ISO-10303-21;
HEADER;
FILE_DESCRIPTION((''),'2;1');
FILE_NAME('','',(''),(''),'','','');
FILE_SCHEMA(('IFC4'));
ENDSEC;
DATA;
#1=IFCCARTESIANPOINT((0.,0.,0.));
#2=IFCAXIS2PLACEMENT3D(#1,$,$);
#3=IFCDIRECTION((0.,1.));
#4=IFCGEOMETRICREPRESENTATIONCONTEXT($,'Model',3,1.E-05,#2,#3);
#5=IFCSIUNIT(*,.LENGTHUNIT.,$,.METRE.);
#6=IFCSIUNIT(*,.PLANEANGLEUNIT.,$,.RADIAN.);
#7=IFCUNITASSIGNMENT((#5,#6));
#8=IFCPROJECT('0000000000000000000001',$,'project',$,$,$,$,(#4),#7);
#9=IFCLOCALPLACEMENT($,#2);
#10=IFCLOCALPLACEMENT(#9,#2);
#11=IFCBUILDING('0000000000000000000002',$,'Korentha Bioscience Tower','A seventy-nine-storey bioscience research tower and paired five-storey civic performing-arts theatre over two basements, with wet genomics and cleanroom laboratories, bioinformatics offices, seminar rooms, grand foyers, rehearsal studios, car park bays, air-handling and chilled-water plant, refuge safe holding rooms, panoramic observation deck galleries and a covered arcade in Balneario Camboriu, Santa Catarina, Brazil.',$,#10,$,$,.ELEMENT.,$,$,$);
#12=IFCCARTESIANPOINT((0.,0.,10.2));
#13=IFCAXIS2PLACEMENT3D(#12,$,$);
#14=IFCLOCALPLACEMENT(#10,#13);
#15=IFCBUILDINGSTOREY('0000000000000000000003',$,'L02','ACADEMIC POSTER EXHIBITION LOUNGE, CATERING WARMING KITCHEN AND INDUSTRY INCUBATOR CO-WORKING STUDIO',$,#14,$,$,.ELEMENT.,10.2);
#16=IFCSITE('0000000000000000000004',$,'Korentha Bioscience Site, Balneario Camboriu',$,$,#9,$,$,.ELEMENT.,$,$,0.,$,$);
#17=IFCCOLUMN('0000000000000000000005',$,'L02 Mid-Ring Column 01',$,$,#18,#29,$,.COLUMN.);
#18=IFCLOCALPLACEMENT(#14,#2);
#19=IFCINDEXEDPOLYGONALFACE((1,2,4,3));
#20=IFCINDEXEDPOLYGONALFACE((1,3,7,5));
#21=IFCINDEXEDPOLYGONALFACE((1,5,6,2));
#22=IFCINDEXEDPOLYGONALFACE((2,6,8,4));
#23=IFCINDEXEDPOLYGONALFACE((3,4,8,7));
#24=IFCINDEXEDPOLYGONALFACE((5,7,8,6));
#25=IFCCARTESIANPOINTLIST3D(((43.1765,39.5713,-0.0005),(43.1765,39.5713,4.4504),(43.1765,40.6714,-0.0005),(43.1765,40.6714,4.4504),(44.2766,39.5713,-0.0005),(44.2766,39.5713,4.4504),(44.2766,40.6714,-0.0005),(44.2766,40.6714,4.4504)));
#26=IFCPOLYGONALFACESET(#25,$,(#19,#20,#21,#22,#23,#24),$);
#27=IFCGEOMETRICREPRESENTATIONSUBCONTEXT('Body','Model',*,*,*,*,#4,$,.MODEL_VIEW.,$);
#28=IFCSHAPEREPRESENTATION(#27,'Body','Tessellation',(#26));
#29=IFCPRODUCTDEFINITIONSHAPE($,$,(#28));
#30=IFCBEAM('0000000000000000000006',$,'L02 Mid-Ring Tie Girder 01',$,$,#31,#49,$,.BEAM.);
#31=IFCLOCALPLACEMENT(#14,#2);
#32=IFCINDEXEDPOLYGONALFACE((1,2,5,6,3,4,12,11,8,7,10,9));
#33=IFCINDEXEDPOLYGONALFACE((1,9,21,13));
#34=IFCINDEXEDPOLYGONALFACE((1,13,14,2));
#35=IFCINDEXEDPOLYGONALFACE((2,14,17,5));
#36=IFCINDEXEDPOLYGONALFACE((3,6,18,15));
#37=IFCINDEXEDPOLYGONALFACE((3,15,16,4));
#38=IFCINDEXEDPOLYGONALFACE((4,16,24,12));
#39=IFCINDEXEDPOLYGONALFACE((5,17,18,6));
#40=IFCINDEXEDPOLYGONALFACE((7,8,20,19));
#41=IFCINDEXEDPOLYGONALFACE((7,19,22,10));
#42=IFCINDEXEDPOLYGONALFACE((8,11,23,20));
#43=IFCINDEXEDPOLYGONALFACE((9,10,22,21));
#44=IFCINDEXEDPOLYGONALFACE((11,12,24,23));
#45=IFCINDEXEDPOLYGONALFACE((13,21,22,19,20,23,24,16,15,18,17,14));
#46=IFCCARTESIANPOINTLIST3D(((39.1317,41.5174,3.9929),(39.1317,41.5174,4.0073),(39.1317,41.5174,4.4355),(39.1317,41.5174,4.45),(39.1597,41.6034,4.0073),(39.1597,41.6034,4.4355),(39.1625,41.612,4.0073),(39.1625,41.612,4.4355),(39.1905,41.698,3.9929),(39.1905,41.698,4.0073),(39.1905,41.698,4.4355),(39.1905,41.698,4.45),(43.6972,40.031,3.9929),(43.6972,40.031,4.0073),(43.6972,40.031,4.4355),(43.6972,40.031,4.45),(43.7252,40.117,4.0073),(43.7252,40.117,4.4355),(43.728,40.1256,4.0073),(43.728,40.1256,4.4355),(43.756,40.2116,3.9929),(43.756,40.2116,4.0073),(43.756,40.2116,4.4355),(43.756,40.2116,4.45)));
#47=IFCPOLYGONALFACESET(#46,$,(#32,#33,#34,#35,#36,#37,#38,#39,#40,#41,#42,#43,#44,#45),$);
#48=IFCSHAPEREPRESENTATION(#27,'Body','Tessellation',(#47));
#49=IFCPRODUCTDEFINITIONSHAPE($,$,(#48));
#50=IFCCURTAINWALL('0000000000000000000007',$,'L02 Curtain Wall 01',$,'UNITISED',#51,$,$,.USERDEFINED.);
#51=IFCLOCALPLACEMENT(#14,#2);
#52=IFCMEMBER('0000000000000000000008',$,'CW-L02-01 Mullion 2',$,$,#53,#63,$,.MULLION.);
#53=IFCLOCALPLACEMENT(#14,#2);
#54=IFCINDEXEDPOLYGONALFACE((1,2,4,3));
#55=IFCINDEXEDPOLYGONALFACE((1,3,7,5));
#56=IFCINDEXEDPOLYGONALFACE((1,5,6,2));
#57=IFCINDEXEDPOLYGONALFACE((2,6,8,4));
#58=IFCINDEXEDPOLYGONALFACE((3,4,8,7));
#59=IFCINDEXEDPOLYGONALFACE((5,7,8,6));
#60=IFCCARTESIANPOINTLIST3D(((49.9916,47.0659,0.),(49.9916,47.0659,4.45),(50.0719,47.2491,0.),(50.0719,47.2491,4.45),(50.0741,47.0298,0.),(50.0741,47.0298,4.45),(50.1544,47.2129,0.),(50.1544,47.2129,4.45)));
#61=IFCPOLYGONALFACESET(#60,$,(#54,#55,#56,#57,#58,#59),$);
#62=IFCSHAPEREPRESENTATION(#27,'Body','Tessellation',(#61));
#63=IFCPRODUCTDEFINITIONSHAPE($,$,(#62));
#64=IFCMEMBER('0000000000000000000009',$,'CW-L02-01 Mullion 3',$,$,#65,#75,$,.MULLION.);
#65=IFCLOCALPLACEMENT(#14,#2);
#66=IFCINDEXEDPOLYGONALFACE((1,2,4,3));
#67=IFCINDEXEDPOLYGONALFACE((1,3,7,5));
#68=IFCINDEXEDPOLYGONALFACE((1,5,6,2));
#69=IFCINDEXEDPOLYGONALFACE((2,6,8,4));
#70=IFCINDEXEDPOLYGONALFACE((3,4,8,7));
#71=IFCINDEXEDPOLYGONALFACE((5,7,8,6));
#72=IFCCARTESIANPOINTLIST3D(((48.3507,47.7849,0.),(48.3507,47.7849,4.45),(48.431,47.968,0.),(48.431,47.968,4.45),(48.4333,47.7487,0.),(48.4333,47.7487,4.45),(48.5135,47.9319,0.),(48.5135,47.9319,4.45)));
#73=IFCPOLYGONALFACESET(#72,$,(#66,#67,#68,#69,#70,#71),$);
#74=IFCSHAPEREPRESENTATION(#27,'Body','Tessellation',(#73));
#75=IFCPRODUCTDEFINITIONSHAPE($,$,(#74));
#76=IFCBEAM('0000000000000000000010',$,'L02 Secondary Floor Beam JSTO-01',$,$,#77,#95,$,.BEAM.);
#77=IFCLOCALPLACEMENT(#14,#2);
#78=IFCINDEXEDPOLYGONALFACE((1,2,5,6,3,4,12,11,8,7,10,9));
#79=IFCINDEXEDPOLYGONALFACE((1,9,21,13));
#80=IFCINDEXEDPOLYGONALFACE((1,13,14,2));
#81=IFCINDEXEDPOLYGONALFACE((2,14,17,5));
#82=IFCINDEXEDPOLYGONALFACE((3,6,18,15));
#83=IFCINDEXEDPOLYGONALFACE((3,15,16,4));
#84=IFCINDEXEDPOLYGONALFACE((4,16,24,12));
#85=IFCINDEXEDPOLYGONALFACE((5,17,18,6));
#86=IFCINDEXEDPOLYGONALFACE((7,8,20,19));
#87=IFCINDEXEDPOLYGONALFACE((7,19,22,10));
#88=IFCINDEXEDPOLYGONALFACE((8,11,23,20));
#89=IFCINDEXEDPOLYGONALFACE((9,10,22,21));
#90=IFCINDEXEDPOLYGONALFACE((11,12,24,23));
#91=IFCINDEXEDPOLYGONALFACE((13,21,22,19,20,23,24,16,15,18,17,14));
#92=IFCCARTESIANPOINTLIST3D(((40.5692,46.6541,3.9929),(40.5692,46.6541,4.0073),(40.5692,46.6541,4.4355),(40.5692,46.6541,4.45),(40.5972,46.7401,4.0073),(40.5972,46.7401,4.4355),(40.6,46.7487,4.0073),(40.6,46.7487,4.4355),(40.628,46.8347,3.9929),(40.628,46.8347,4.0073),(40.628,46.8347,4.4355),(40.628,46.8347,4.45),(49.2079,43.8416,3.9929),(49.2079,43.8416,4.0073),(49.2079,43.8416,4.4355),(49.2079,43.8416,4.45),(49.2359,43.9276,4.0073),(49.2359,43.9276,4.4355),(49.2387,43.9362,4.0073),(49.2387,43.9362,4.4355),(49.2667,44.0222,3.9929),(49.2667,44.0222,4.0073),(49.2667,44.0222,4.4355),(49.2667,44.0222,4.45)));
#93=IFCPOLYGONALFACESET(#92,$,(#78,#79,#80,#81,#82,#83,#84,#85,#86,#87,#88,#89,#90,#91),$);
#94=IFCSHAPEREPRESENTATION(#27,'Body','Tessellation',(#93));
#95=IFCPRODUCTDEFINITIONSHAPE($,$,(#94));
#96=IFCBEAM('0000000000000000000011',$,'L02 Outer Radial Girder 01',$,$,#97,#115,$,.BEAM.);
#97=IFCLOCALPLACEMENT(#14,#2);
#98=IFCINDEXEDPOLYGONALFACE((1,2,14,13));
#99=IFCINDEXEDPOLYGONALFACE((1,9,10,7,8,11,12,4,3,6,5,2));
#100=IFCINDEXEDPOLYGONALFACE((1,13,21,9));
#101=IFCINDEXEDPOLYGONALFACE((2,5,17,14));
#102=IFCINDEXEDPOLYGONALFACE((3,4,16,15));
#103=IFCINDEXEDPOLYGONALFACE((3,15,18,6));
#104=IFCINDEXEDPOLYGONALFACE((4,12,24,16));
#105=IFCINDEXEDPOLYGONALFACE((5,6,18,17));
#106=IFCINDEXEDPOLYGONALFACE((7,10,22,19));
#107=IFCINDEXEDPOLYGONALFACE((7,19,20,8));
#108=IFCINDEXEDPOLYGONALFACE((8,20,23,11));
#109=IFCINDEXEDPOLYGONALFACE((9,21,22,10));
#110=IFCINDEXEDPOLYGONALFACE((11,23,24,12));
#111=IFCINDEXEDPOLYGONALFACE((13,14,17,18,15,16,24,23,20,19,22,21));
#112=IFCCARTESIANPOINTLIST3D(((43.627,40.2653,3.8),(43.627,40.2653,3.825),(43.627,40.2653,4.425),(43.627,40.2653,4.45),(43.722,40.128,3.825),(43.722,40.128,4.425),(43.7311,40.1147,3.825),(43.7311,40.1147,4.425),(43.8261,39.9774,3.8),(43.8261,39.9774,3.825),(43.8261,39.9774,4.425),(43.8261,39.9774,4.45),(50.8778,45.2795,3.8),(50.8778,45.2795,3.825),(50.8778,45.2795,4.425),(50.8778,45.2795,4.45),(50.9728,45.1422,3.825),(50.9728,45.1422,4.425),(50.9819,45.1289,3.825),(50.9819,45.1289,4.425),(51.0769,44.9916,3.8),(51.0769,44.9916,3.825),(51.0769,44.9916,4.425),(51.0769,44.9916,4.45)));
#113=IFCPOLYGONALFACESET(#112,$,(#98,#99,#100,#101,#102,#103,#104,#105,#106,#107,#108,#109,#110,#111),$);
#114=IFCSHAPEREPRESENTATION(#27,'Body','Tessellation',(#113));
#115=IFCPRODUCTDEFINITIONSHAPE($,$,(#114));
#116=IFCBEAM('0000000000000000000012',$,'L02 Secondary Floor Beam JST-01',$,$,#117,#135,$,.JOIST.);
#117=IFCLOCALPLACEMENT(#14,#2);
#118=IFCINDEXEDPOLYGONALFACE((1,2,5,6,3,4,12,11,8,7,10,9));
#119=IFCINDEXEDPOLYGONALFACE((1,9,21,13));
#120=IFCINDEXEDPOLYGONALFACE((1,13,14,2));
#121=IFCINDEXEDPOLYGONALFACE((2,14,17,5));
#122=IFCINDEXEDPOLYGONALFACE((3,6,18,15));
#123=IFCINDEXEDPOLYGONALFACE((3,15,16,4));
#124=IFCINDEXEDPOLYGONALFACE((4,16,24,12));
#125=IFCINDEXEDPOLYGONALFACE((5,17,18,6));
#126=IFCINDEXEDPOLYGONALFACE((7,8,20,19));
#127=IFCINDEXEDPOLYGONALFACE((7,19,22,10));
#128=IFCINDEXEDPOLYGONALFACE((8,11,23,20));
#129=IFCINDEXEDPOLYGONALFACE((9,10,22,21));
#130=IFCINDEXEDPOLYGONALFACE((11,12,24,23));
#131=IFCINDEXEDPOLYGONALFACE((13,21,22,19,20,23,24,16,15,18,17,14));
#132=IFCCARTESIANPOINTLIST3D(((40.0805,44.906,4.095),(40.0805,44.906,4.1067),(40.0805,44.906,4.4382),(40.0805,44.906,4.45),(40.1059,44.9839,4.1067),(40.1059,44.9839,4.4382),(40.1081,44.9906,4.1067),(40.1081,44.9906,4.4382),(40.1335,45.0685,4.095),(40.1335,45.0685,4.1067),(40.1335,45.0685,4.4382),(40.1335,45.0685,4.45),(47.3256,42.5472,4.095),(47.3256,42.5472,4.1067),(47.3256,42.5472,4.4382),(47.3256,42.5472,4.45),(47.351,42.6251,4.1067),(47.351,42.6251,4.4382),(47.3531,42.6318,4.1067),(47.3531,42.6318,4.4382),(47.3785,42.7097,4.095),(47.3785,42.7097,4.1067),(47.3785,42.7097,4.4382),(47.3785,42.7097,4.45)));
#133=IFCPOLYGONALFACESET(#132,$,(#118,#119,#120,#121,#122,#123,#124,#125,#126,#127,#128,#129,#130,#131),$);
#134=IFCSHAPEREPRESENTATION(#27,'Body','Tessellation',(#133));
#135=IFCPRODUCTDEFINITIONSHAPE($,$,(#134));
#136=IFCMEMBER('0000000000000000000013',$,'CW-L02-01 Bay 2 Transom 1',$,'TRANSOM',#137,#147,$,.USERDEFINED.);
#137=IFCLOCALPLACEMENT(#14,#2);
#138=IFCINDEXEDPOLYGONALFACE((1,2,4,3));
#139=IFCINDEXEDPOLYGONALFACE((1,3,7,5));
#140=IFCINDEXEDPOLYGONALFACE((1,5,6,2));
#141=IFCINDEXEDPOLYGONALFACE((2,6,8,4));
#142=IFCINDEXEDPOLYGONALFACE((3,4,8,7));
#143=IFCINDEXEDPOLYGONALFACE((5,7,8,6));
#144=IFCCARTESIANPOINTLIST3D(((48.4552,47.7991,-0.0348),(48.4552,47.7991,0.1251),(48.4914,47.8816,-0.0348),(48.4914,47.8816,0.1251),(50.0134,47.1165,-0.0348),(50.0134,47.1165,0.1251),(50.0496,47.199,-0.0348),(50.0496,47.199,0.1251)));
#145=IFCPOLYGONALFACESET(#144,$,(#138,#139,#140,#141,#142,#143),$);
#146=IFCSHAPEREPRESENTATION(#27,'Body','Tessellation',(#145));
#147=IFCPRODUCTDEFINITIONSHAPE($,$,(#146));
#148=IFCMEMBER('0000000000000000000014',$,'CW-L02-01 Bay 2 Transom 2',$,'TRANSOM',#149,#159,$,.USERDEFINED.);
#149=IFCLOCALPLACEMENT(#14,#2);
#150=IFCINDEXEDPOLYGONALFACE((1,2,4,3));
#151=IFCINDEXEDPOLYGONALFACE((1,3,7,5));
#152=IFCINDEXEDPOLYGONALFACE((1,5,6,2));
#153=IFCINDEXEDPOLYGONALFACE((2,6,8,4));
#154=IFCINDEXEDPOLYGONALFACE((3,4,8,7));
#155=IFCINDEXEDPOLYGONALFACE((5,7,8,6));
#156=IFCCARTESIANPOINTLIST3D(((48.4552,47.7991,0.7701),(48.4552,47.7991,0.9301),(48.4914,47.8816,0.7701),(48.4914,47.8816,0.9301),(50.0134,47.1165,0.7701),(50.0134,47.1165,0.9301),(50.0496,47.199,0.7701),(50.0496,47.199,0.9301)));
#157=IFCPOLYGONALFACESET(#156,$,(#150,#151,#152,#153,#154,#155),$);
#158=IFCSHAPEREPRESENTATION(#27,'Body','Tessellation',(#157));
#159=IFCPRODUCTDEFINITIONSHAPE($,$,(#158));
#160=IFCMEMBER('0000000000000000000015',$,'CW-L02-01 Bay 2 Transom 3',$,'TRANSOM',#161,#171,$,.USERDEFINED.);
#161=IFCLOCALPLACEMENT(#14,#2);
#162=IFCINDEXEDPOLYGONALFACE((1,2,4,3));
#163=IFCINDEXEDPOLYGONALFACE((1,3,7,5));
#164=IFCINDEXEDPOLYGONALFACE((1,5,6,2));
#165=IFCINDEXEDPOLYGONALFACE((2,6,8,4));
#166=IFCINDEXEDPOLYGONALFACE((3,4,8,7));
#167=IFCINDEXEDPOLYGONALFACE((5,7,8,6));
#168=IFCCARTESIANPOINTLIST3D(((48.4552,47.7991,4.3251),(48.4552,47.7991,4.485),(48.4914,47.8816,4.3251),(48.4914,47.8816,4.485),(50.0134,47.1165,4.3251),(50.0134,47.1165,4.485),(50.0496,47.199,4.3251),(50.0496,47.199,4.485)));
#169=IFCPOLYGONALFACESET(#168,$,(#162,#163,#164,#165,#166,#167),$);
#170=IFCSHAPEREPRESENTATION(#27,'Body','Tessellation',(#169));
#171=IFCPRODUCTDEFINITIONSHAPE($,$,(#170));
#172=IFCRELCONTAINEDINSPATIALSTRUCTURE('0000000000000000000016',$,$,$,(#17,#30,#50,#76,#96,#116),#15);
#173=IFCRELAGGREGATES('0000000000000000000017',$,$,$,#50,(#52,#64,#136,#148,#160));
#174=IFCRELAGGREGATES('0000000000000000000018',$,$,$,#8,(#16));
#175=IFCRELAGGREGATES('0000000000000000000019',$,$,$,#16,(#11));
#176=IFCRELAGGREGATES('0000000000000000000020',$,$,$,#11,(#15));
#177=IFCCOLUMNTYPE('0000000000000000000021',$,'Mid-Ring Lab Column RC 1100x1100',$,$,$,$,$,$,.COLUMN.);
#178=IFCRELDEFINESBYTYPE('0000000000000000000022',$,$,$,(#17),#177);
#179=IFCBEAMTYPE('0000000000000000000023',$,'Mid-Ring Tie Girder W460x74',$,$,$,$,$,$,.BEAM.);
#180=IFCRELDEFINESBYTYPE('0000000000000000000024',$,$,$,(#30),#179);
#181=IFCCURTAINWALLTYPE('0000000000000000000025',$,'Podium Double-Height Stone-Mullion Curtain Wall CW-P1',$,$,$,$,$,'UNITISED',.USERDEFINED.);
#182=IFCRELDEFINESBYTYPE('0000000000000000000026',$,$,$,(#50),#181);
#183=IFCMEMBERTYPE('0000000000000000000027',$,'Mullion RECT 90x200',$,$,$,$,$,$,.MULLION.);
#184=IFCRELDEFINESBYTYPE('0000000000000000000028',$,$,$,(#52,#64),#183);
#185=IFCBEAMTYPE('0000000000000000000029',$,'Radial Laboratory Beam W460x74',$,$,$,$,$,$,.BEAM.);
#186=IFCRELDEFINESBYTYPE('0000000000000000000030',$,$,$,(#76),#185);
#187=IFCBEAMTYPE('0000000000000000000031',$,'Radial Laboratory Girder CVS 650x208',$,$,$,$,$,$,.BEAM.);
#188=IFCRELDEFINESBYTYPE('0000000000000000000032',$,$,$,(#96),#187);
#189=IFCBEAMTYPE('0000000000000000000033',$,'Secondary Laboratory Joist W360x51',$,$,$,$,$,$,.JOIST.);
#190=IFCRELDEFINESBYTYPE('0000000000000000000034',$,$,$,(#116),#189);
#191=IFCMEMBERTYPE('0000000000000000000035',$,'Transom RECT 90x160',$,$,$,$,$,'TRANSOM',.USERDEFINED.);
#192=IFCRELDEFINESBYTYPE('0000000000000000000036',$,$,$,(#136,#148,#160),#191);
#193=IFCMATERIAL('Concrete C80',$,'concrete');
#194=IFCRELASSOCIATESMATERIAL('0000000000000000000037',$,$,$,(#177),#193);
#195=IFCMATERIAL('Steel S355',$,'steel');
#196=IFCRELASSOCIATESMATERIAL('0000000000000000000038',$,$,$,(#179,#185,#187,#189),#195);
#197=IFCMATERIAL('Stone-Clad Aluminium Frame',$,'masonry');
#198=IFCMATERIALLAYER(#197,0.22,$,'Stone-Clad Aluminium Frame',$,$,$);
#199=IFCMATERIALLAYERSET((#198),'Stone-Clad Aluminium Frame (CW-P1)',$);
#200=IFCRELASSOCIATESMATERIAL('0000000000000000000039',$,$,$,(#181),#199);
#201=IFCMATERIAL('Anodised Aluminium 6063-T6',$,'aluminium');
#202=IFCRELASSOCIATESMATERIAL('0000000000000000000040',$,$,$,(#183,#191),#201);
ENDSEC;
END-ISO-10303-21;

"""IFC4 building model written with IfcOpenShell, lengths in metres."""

from ifc_helpers import new_model, si_unit, direction, frame, origin, origin_2d, place, context, subcontext, project, spatial, rectangle, i_section, extrude, material, layer, layer_set, material_profile, profile_set, type_object, element, aggregate, save


model = new_model("IFC4")

# Units and contexts
model_context = context("Model", 3, precision=1e-05, world=origin(), true_north=direction((0.0, 1.0)))
body_context = subcontext(model_context, "Body", "Model", "MODEL_VIEW")
ifc_project = project(units=[si_unit("LENGTHUNIT", "METRE"), si_unit("PLANEANGLEUNIT", "RADIAN")], contexts=[model_context])

# Site, building, storey
site_placement = place(None, origin())
site = spatial("IfcSite", under=ifc_project, at=site_placement, Name="Korentha Bioscience Site, Balneario Camboriu", CompositionType="ELEMENT", RefElevation=0.0)
building_placement = place(site_placement, origin())
building = spatial("IfcBuilding", under=site, at=building_placement, Name="Korentha Bioscience Tower", Description="A seventy-nine-storey bioscience research tower and paired five-storey civic performing-arts theatre over two basements, with wet genomics and cleanroom laboratories, bioinformatics offices, seminar rooms, grand foyers, rehearsal studios, car park bays, air-handling and chilled-water plant, refuge safe holding rooms, panoramic observation deck galleries and a covered arcade in Balneario Camboriu, Santa Catarina, Brazil.", CompositionType="ELEMENT")
storey_placement = place(building_placement, frame((0.0, 0.0, 10.2)))
storey = spatial("IfcBuildingStorey", under=building, at=storey_placement, Name="L02", Description="ACADEMIC POSTER EXHIBITION LOUNGE, CATERING WARMING KITCHEN AND INDUSTRY INCUBATOR CO-WORKING STUDIO", CompositionType="ELEMENT", Elevation=10.2)

# Column
ifc_material_1 = material(Name="Concrete C80", Category="concrete")
ifc_material_profile_1 = material_profile(ifc_material_1, rectangle(XDim=1.1001, YDim=1.1001, at=origin_2d()), Name="Concrete C80")
ifc_profile_set_1 = profile_set([ifc_material_profile_1], Name="Concrete C80 (COL-MR11)")
column_type = type_object("IfcColumnType", Name="Mid-Ring Lab Column RC 1100x1100", PredefinedType="COLUMN", material=ifc_profile_set_1)
column_placement = place(storey_placement, frame((43.7266, 40.1213, -0.0005), z_axis=(0.0, 0.0, 1.0), x_axis=(1.0, 0.0, 0.0)))
element("IfcColumn", 1, at=column_placement, inside=storey, type_object=column_type, Name="L02 Mid-Ring Column 01", PredefinedType="COLUMN", context=body_context, shape_type="SweptSolid", body=[
    extrude(rectangle(XDim=1.1001, YDim=1.1001, at=origin_2d()), origin(), (0.0, 0.0, 1.0), 4.4509),
])

# Beam
ifc_material_2 = material(Name="Steel S355", Category="steel")
ifc_material_profile_2 = material_profile(ifc_material_2, i_section(OverallWidth=0.1899, OverallDepth=0.457, WebThickness=0.009, FlangeThickness=0.0144, at=origin_2d()), Name="Steel S355")
ifc_profile_set_2 = profile_set([ifc_material_profile_2], Name="Steel S355 (MB-460)")
beam_type_1 = type_object("IfcBeamType", Name="Mid-Ring Tie Girder W460x74", PredefinedType="BEAM", material=ifc_profile_set_2)
beam_1_placement = place(storey_placement, frame((43.7266, 40.1213, 4.2214), z_axis=(-0.950877, 0.309569, 0.0), x_axis=(-0.309569, -0.950877, 0.0)))
element("IfcBeam", 2, at=beam_1_placement, inside=storey, type_object=beam_type_1, Name="L02 Mid-Ring Tie Girder 01", PredefinedType="BEAM", context=body_context, shape_type="SweptSolid", body=[
    extrude(i_section(OverallWidth=0.1899, OverallDepth=0.457, WebThickness=0.009, FlangeThickness=0.0144, at=origin_2d()), origin(), (0.0, 0.0, 1.0), 4.8013),
])

# Curtain wall, members
ifc_material_3 = material(Name="Stone-Clad Aluminium Frame", Category="masonry")
ifc_layer_1 = layer(ifc_material_3, 0.22, Name="Stone-Clad Aluminium Frame")
ifc_layer_set_1 = layer_set([ifc_layer_1], Name="Stone-Clad Aluminium Frame (CW-P1)")
curtain_wall_type = type_object("IfcCurtainWallType", Name="Podium Double-Height Stone-Mullion Curtain Wall CW-P1", ElementType="UNITISED", PredefinedType="USERDEFINED", material=ifc_layer_set_1)
curtain_wall_placement = place(storey_placement, origin())
curtain_wall = element("IfcCurtainWall", 3, at=curtain_wall_placement, inside=storey, type_object=curtain_wall_type, Name="L02 Curtain Wall 01", ObjectType="UNITISED", PredefinedType="USERDEFINED")
ifc_material_4 = material(Name="Anodised Aluminium 6063-T6", Category="aluminium")
ifc_material_profile_3 = material_profile(ifc_material_4, rectangle(XDim=0.0901, YDim=0.2, at=origin_2d()), Name="Anodised Aluminium 6063-T6")
ifc_profile_set_3 = profile_set([ifc_material_profile_3], Name="Anodised Aluminium 6063-T6 (CW-MUL)")
member_type_1 = type_object("IfcMemberType", Name="Mullion RECT 90x200", PredefinedType="MULLION", material=ifc_profile_set_3)
member_1_placement = place(storey_placement, frame((50.073, 47.1394, 0.0), z_axis=(0.0, 0.0, 1.0), x_axis=(-0.915939, 0.401317, 0.0)))
member_1 = element("IfcMember", 4, at=member_1_placement, type_object=member_type_1, Name="CW-L02-01 Mullion 2", PredefinedType="MULLION", context=body_context, shape_type="SweptSolid", body=[
    extrude(rectangle(XDim=0.0901, YDim=0.2, at=origin_2d()), origin(), (0.0, 0.0, 1.0), 4.45),
])
member_2_placement = place(storey_placement, frame((48.4321, 47.8584, 0.0), z_axis=(0.0, 0.0, 1.0), x_axis=(-0.915939, 0.401317, 0.0)))
member_2 = element("IfcMember", 5, at=member_2_placement, type_object=member_type_1, Name="CW-L02-01 Mullion 3", PredefinedType="MULLION", context=body_context, shape_type="SweptSolid", body=[
    extrude(rectangle(XDim=0.0901, YDim=0.2, at=origin_2d()), origin(), (0.0, 0.0, 1.0), 4.45),
])

# Beams
ifc_material_profile_4 = material_profile(ifc_material_2, i_section(OverallWidth=0.1899, OverallDepth=0.457, WebThickness=0.009, FlangeThickness=0.0144, at=origin_2d()), Name="Steel S355")
ifc_profile_set_4 = profile_set([ifc_material_profile_4], Name="Steel S355 (RB-460)")
beam_type_2 = type_object("IfcBeamType", Name="Radial Laboratory Beam W460x74", PredefinedType="BEAM", material=ifc_profile_set_4)
beam_2_placement = place(storey_placement, frame((49.2373, 43.9319, 4.2214), z_axis=(-0.950874, 0.309577, 0.0), x_axis=(-0.309577, -0.950874, 0.0)))
element("IfcBeam", 6, at=beam_2_placement, inside=storey, type_object=beam_type_2, Name="L02 Secondary Floor Beam JSTO-01", PredefinedType="BEAM", context=body_context, shape_type="SweptSolid", body=[
    extrude(i_section(OverallWidth=0.1899, OverallDepth=0.457, WebThickness=0.009, FlangeThickness=0.0144, at=origin_2d()), origin(), (0.0, 0.0, 1.0), 9.085),
])
ifc_material_profile_5 = material_profile(ifc_material_2, i_section(OverallWidth=0.3501, OverallDepth=0.6499, WebThickness=0.0161, FlangeThickness=0.0249, at=origin_2d()), Name="Steel S355")
ifc_profile_set_5 = profile_set([ifc_material_profile_5], Name="Steel S355 (RB-650)")
beam_type_3 = type_object("IfcBeamType", Name="Radial Laboratory Girder CVS 650x208", PredefinedType="BEAM", material=ifc_profile_set_5)
beam_3_placement = place(storey_placement, frame((43.7266, 40.1213, 4.125), z_axis=(0.822488, 0.568782, 0.0), x_axis=(-0.568782, 0.822488, 0.0)))
element("IfcBeam", 7, at=beam_3_placement, inside=storey, type_object=beam_type_3, Name="L02 Outer Radial Girder 01", PredefinedType="BEAM", context=body_context, shape_type="SweptSolid", body=[
    extrude(i_section(OverallWidth=0.3501, OverallDepth=0.6499, WebThickness=0.0161, FlangeThickness=0.0249, at=origin_2d()), origin(), (0.0, 0.0, 1.0), 8.8157),
])
ifc_material_profile_6 = material_profile(ifc_material_2, i_section(OverallWidth=0.1709, OverallDepth=0.355, WebThickness=0.0071, FlangeThickness=0.0117, at=origin_2d()), Name="Steel S355")
ifc_profile_set_6 = profile_set([ifc_material_profile_6], Name="Steel S355 (JB-360)")
beam_type_4 = type_object("IfcBeamType", Name="Secondary Laboratory Joist W360x51", PredefinedType="JOIST", material=ifc_profile_set_6)
beam_4_placement = place(storey_placement, frame((47.3521, 42.6284, 4.2725), z_axis=(-0.950871, 0.309587, 0.0), x_axis=(-0.309587, -0.950871, 0.0)))
element("IfcBeam", 8, at=beam_4_placement, inside=storey, type_object=beam_type_4, Name="L02 Secondary Floor Beam JST-01", PredefinedType="JOIST", context=body_context, shape_type="SweptSolid", body=[
    extrude(i_section(OverallWidth=0.1709, OverallDepth=0.355, WebThickness=0.0071, FlangeThickness=0.0117, at=origin_2d()), origin(), (0.0, 0.0, 1.0), 7.6194),
])

# Members
ifc_material_profile_7 = material_profile(ifc_material_4, rectangle(XDim=0.0901, YDim=0.1599, at=origin_2d()), Name="Anodised Aluminium 6063-T6")
ifc_profile_set_7 = profile_set([ifc_material_profile_7], Name="Anodised Aluminium 6063-T6 (CW-TRN)")
member_type_2 = type_object("IfcMemberType", Name="Transom RECT 90x160", ElementType="TRANSOM", PredefinedType="USERDEFINED", material=ifc_profile_set_7)
member_3_placement = place(storey_placement, frame((50.0315, 47.1577, 0.0452), z_axis=(-0.915953, 0.401286, 0.0), x_axis=(-0.401286, -0.915953, 0.0)))
member_3 = element("IfcMember", 9, at=member_3_placement, type_object=member_type_2, Name="CW-L02-01 Bay 2 Transom 1", ObjectType="TRANSOM", PredefinedType="USERDEFINED", context=body_context, shape_type="SweptSolid", body=[
    extrude(rectangle(XDim=0.0901, YDim=0.1599, at=origin_2d()), origin(), (0.0, 0.0, 1.0), 1.7012),
])
member_4_placement = place(storey_placement, frame((50.0315, 47.1577, 0.8501), z_axis=(-0.915953, 0.401286, 0.0), x_axis=(-0.401286, -0.915953, 0.0)))
member_4 = element("IfcMember", 10, at=member_4_placement, type_object=member_type_2, Name="CW-L02-01 Bay 2 Transom 2", ObjectType="TRANSOM", PredefinedType="USERDEFINED", context=body_context, shape_type="SweptSolid", body=[
    extrude(rectangle(XDim=0.0901, YDim=0.1599, at=origin_2d()), origin(), (0.0, 0.0, 1.0), 1.7012),
])
member_5_placement = place(storey_placement, frame((50.0315, 47.1577, 4.405), z_axis=(-0.915953, 0.401286, 0.0), x_axis=(-0.401286, -0.915953, 0.0)))
member_5 = element("IfcMember", 11, at=member_5_placement, type_object=member_type_2, Name="CW-L02-01 Bay 2 Transom 3", ObjectType="TRANSOM", PredefinedType="USERDEFINED", context=body_context, shape_type="SweptSolid", body=[
    extrude(rectangle(XDim=0.0901, YDim=0.1599, at=origin_2d()), origin(), (0.0, 0.0, 1.0), 1.7012),
])

aggregate(curtain_wall, [member_1, member_2, member_3, member_4, member_5])

save(model, "model.ifc")
